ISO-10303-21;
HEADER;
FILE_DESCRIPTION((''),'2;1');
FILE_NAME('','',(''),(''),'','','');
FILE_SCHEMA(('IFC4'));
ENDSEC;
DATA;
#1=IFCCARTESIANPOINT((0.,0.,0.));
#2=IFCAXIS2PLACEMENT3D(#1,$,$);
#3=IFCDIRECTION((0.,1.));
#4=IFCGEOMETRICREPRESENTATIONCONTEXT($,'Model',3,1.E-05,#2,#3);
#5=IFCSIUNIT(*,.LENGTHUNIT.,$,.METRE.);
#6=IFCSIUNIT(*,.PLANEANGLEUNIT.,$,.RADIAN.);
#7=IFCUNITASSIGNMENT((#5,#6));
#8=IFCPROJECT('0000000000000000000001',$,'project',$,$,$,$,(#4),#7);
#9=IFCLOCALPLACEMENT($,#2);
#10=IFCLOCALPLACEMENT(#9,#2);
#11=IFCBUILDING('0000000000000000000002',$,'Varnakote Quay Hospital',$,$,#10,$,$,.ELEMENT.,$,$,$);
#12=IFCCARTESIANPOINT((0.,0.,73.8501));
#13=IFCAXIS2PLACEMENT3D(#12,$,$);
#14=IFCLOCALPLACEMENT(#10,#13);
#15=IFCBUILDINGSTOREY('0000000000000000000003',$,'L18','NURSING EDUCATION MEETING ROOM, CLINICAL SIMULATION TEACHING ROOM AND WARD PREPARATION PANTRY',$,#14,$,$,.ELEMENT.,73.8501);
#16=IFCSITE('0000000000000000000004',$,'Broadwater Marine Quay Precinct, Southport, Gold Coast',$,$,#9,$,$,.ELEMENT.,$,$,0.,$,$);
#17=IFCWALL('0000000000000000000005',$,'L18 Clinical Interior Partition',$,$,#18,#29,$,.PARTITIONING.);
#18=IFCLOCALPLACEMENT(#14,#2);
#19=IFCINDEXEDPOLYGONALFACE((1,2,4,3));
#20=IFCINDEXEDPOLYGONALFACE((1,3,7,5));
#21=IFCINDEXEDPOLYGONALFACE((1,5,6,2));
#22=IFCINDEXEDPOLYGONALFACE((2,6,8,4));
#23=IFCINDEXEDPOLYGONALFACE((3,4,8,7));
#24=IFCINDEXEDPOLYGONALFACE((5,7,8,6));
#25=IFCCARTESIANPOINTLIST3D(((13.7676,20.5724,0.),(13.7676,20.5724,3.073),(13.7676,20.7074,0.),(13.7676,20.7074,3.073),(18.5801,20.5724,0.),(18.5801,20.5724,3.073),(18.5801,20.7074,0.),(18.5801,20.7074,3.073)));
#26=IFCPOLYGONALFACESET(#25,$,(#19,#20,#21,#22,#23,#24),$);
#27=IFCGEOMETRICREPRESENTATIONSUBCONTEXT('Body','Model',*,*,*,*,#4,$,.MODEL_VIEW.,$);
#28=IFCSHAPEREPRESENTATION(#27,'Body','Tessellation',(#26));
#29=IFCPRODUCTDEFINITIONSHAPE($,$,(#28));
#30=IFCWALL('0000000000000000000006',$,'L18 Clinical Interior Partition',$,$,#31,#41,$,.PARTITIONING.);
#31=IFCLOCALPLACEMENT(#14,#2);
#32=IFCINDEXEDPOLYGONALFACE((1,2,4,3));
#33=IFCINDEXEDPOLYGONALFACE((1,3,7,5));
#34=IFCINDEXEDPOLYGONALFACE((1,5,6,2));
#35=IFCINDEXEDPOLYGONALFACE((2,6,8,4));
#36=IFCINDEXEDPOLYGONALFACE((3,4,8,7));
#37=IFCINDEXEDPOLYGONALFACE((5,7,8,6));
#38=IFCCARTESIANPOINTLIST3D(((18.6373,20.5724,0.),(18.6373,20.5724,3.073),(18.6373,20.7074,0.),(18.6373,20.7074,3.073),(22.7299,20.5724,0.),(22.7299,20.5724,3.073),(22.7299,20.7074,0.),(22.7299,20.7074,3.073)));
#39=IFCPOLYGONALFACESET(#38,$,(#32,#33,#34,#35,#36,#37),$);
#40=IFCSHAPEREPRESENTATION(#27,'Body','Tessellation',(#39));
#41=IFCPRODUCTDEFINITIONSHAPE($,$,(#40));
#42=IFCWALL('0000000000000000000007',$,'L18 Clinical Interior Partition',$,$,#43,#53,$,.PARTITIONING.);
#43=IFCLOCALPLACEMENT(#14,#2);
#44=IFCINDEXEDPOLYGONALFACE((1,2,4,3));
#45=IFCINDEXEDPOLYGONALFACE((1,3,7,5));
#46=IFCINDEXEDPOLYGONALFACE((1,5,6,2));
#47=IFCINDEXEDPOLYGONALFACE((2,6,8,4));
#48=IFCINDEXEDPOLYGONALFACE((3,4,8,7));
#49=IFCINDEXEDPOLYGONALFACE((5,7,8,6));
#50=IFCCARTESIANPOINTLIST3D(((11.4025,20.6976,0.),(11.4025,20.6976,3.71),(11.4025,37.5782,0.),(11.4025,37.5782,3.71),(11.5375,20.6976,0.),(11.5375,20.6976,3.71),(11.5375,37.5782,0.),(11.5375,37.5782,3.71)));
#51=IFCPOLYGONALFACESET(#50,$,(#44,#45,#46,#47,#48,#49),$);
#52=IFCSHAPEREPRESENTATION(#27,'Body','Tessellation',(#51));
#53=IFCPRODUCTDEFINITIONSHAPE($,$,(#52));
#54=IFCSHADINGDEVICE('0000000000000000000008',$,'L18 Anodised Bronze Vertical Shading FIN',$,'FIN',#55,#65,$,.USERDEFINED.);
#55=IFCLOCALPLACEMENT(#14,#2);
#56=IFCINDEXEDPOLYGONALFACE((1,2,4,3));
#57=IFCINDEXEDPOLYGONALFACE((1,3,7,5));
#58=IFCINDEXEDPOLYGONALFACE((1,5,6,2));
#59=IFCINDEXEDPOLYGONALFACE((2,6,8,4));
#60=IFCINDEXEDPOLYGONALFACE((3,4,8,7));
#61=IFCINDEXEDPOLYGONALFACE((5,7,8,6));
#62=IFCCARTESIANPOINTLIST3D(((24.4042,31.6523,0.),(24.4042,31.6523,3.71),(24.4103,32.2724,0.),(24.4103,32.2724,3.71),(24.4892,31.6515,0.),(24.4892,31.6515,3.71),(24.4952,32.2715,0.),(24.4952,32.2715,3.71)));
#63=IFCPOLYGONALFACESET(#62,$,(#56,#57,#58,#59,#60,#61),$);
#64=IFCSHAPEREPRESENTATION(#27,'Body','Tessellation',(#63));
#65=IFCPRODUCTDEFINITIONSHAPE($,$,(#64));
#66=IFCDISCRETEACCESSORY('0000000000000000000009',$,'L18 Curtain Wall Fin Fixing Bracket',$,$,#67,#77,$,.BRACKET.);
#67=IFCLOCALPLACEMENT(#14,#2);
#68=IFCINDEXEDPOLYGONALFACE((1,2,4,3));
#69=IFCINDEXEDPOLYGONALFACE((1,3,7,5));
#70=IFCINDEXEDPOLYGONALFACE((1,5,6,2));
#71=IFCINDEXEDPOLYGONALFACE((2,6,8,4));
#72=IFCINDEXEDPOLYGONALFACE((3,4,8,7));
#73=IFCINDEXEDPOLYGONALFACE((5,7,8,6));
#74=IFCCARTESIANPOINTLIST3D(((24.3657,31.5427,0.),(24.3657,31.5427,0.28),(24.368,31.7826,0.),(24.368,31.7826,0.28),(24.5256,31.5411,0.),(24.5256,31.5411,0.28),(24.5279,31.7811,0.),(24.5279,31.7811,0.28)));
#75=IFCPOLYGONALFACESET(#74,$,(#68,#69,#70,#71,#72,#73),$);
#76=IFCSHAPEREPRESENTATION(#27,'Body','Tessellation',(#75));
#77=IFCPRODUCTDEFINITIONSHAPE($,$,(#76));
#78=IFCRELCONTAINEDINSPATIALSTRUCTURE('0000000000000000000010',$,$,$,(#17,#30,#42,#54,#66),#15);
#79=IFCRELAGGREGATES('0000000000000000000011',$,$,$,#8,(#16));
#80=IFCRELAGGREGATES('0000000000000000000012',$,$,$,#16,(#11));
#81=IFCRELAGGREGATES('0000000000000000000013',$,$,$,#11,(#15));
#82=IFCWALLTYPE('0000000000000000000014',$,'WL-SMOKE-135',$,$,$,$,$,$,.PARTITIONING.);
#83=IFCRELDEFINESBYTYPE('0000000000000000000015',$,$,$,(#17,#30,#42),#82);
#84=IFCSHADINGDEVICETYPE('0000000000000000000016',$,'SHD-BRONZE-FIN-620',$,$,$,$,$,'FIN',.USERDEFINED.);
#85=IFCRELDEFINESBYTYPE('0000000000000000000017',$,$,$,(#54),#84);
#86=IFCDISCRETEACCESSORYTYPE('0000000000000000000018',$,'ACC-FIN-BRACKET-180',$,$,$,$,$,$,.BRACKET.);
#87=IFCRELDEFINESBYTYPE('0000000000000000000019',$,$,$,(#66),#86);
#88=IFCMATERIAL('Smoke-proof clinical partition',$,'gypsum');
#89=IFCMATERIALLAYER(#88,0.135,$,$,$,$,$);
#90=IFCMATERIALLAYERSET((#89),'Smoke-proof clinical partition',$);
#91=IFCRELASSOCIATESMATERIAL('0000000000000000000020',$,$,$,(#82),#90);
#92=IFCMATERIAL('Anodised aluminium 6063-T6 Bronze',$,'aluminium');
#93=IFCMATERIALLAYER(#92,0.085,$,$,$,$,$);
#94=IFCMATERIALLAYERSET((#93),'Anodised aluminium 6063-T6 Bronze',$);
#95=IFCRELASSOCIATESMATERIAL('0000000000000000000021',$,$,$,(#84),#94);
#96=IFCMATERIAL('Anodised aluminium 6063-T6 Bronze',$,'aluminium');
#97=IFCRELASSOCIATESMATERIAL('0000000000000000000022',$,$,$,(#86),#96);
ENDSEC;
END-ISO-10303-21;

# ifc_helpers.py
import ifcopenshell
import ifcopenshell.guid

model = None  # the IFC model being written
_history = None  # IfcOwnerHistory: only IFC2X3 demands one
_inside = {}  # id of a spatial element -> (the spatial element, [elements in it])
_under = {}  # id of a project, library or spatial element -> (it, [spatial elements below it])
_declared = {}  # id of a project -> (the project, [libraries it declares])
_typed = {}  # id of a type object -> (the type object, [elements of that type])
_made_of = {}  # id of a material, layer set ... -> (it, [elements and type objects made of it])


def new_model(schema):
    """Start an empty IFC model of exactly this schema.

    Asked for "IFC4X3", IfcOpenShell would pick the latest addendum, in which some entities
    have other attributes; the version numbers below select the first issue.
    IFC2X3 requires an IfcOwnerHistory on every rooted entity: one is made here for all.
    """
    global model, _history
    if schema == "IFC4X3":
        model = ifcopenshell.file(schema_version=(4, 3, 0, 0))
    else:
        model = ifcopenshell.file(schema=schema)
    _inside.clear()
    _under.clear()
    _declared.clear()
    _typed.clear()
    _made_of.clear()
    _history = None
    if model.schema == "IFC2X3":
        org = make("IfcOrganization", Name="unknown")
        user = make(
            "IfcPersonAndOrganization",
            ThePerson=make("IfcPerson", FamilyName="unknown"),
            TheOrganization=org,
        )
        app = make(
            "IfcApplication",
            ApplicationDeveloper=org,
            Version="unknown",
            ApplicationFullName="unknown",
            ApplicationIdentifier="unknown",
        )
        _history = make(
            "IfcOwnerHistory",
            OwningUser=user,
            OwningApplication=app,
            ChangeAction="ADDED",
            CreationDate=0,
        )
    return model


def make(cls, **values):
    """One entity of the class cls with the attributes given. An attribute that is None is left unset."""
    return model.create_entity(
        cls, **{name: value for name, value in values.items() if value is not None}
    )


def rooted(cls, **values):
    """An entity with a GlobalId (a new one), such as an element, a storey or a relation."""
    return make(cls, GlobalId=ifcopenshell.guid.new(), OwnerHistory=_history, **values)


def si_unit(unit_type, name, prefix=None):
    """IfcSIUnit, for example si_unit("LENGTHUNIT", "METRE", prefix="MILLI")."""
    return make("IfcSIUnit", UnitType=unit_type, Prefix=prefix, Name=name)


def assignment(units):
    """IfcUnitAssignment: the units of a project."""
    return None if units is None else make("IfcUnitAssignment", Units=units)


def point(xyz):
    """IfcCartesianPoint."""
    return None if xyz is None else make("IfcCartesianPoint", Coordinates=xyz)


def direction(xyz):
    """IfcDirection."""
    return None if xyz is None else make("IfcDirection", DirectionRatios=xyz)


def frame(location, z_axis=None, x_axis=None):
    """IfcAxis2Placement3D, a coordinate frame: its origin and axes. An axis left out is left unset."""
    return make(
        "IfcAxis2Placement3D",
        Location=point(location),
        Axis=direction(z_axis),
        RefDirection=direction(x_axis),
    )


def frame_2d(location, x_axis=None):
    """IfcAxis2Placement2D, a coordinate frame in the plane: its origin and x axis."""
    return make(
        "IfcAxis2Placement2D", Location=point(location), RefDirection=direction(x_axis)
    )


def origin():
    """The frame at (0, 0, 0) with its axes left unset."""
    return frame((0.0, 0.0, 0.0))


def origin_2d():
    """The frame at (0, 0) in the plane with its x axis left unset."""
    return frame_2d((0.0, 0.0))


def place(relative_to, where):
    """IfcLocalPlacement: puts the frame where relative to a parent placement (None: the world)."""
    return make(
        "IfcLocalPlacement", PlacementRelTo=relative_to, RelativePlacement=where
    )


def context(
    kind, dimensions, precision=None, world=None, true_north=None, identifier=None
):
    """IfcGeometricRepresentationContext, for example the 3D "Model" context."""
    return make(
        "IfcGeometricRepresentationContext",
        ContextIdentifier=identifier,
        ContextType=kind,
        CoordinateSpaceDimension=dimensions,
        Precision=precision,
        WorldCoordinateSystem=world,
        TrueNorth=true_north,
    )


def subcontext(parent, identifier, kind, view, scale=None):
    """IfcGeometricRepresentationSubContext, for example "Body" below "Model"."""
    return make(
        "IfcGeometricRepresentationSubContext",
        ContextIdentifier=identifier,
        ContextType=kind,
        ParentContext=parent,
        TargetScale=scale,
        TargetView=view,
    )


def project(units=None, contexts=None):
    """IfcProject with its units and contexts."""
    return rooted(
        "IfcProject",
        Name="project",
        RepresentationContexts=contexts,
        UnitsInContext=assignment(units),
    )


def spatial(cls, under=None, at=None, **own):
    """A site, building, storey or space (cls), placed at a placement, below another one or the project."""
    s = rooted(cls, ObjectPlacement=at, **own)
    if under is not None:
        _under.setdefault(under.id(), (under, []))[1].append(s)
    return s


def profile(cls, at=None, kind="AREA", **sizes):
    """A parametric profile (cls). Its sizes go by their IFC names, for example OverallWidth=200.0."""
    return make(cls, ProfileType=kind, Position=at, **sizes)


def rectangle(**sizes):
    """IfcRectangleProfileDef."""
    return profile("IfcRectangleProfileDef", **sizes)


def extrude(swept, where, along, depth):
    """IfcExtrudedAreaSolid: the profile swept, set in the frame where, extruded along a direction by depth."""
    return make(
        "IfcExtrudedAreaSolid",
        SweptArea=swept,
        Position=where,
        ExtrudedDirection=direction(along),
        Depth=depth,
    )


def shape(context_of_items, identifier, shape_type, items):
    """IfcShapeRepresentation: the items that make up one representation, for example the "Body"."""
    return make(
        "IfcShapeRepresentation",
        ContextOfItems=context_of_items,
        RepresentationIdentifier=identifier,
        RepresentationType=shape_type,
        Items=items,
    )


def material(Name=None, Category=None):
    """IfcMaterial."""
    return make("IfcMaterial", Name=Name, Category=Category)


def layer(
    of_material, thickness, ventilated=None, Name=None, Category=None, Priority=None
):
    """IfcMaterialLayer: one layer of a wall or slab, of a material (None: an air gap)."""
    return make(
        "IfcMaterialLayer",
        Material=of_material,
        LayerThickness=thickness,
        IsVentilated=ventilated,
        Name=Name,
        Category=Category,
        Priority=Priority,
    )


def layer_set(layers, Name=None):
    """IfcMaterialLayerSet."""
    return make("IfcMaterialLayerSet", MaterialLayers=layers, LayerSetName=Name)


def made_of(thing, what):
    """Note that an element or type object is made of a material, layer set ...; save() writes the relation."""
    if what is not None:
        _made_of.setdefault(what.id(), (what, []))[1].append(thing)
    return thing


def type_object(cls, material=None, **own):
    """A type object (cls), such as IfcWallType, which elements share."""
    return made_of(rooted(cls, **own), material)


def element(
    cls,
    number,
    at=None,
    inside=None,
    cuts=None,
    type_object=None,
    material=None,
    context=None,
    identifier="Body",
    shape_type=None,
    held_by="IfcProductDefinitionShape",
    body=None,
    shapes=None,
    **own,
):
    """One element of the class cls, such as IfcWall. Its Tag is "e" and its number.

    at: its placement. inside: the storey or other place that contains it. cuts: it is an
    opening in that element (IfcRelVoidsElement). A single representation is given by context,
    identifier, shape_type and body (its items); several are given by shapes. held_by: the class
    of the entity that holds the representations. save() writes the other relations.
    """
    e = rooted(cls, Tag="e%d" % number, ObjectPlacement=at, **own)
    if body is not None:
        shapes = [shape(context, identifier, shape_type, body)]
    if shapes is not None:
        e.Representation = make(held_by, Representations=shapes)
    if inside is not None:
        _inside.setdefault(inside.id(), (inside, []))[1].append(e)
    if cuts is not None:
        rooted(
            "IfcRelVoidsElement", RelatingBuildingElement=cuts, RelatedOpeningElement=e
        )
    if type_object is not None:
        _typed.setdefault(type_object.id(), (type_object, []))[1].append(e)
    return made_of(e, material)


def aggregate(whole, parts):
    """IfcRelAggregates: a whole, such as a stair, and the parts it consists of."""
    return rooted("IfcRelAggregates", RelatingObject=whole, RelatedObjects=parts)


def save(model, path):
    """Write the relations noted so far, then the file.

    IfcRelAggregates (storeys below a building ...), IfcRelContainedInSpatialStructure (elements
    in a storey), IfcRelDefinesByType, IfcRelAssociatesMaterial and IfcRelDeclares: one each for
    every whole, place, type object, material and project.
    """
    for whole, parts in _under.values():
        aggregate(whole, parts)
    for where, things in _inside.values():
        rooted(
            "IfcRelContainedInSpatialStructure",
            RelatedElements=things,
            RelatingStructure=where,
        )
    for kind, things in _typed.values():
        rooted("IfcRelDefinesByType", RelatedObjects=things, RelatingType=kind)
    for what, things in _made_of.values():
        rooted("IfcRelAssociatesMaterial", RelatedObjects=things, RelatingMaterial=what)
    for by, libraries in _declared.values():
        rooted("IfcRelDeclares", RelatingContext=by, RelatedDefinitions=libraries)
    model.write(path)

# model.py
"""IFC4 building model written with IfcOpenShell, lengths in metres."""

from ifc_helpers import new_model, si_unit, direction, frame, frame_2d, origin, origin_2d, place, context, subcontext, project, spatial, rectangle, extrude, material, layer, layer_set, type_object, element, save


model = new_model("IFC4")

# Units and contexts
model_context = context("Model", 3, precision=1e-05, world=origin(), true_north=direction((0.0, 1.0)))
body_context = subcontext(model_context, "Body", "Model", "MODEL_VIEW")
ifc_project = project(units=[si_unit("LENGTHUNIT", "METRE"), si_unit("PLANEANGLEUNIT", "RADIAN")], contexts=[model_context])

# Site, building, storey
site_placement = place(None, origin())
site = spatial("IfcSite", under=ifc_project, at=site_placement, Name="Broadwater Marine Quay Precinct, Southport, Gold Coast", CompositionType="ELEMENT", RefElevation=0.0)
building_placement = place(site_placement, origin())
building = spatial("IfcBuilding", under=site, at=building_placement, Name="Varnakote Quay Hospital", CompositionType="ELEMENT")
storey_placement = place(building_placement, frame((0.0, 0.0, 73.8501)))
storey = spatial("IfcBuildingStorey", under=building, at=storey_placement, Name="L18", Description="NURSING EDUCATION MEETING ROOM, CLINICAL SIMULATION TEACHING ROOM AND WARD PREPARATION PANTRY", CompositionType="ELEMENT", Elevation=73.8501)

# Shared definitions
ifc_material_1 = material(Name="Smoke-proof clinical partition", Category="gypsum")
ifc_layer_1 = layer(ifc_material_1, 0.135)
ifc_layer_set_1 = layer_set([ifc_layer_1], Name="Smoke-proof clinical partition")
wall_type_1 = type_object("IfcWallType", Name="WL-SMOKE-135", PredefinedType="PARTITIONING", material=ifc_layer_set_1)

# Walls
wall_1_placement = place(storey_placement, frame((18.5801, 20.6399, 0.0), z_axis=(0.0, 0.0, 1.0), x_axis=(-1.0, 0.0, 0.0)))
element("IfcWall", 1, at=wall_1_placement, inside=storey, type_object=wall_type_1, Name="L18 Clinical Interior Partition", PredefinedType="PARTITIONING", context=body_context, shape_type="SweptSolid", body=[
    extrude(rectangle(XDim=4.8125, YDim=0.135, at=frame_2d((2.4062, 0.0))), origin(), (0.0, 0.0, 1.0), 3.073),
])
wall_2_placement = place(storey_placement, frame((22.73, 20.6399, 0.0), z_axis=(0.0, 0.0, 1.0), x_axis=(-1.0, 0.0, 0.0)))
element("IfcWall", 2, at=wall_2_placement, inside=storey, type_object=wall_type_1, Name="L18 Clinical Interior Partition", PredefinedType="PARTITIONING", context=body_context, shape_type="SweptSolid", body=[
    extrude(rectangle(XDim=4.0925, YDim=0.135, at=frame_2d((2.0464, 0.0))), origin(), (0.0, 0.0, 1.0), 3.073),
])
wall_3_placement = place(storey_placement, frame((11.47, 20.6975, 0.0), z_axis=(0.0, 0.0, 1.0), x_axis=(0.0, 1.0, 0.0)))
element("IfcWall", 3, at=wall_3_placement, inside=storey, type_object=wall_type_1, Name="L18 Clinical Interior Partition", PredefinedType="PARTITIONING", context=body_context, shape_type="SweptSolid", body=[
    extrude(rectangle(XDim=16.8806, YDim=0.135, at=frame_2d((8.4404, 0.0))), origin(), (0.0, 0.0, 1.0), 3.71),
])

# Shading device
ifc_material_2 = material(Name="Anodised aluminium 6063-T6 Bronze", Category="aluminium")
ifc_layer_2 = layer(ifc_material_2, 0.085)
ifc_layer_set_2 = layer_set([ifc_layer_2], Name="Anodised aluminium 6063-T6 Bronze")
shading_device_type = type_object("IfcShadingDeviceType", Name="SHD-BRONZE-FIN-620", ElementType="FIN", PredefinedType="USERDEFINED", material=ifc_layer_set_2)
shading_device_placement = place(storey_placement, frame((24.4497, 31.9619, 0.0), z_axis=(0.0, 0.0, 1.0), x_axis=(-0.009774, -0.999952, 0.0)))
element("IfcShadingDevice", 4, at=shading_device_placement, inside=storey, type_object=shading_device_type, Name="L18 Anodised Bronze Vertical Shading FIN", ObjectType="FIN", PredefinedType="USERDEFINED", context=body_context, shape_type="SweptSolid", body=[
    extrude(rectangle(XDim=0.6201, YDim=0.085, at=origin_2d()), origin(), (0.0, 0.0, 1.0), 3.71),
])

# Discrete accessory
ifc_material_3 = material(Name="Anodised aluminium 6063-T6 Bronze", Category="aluminium")
discrete_accessory_type = type_object("IfcDiscreteAccessoryType", Name="ACC-FIN-BRACKET-180", PredefinedType="BRACKET", material=ifc_material_3)
discrete_accessory_placement = place(storey_placement, frame((24.4468, 31.6619, 0.0), z_axis=(0.0, 0.0, 1.0), x_axis=(-0.999952, 0.009774, 0.0)))
element("IfcDiscreteAccessory", 5, at=discrete_accessory_placement, inside=storey, type_object=discrete_accessory_type, Name="L18 Curtain Wall Fin Fixing Bracket", PredefinedType="BRACKET", context=body_context, shape_type="SweptSolid", body=[
    extrude(rectangle(XDim=0.1599, YDim=0.24, at=origin_2d()), origin(), (0.0, 0.0, 1.0), 0.28),
])

save(model, "model.ifc")
